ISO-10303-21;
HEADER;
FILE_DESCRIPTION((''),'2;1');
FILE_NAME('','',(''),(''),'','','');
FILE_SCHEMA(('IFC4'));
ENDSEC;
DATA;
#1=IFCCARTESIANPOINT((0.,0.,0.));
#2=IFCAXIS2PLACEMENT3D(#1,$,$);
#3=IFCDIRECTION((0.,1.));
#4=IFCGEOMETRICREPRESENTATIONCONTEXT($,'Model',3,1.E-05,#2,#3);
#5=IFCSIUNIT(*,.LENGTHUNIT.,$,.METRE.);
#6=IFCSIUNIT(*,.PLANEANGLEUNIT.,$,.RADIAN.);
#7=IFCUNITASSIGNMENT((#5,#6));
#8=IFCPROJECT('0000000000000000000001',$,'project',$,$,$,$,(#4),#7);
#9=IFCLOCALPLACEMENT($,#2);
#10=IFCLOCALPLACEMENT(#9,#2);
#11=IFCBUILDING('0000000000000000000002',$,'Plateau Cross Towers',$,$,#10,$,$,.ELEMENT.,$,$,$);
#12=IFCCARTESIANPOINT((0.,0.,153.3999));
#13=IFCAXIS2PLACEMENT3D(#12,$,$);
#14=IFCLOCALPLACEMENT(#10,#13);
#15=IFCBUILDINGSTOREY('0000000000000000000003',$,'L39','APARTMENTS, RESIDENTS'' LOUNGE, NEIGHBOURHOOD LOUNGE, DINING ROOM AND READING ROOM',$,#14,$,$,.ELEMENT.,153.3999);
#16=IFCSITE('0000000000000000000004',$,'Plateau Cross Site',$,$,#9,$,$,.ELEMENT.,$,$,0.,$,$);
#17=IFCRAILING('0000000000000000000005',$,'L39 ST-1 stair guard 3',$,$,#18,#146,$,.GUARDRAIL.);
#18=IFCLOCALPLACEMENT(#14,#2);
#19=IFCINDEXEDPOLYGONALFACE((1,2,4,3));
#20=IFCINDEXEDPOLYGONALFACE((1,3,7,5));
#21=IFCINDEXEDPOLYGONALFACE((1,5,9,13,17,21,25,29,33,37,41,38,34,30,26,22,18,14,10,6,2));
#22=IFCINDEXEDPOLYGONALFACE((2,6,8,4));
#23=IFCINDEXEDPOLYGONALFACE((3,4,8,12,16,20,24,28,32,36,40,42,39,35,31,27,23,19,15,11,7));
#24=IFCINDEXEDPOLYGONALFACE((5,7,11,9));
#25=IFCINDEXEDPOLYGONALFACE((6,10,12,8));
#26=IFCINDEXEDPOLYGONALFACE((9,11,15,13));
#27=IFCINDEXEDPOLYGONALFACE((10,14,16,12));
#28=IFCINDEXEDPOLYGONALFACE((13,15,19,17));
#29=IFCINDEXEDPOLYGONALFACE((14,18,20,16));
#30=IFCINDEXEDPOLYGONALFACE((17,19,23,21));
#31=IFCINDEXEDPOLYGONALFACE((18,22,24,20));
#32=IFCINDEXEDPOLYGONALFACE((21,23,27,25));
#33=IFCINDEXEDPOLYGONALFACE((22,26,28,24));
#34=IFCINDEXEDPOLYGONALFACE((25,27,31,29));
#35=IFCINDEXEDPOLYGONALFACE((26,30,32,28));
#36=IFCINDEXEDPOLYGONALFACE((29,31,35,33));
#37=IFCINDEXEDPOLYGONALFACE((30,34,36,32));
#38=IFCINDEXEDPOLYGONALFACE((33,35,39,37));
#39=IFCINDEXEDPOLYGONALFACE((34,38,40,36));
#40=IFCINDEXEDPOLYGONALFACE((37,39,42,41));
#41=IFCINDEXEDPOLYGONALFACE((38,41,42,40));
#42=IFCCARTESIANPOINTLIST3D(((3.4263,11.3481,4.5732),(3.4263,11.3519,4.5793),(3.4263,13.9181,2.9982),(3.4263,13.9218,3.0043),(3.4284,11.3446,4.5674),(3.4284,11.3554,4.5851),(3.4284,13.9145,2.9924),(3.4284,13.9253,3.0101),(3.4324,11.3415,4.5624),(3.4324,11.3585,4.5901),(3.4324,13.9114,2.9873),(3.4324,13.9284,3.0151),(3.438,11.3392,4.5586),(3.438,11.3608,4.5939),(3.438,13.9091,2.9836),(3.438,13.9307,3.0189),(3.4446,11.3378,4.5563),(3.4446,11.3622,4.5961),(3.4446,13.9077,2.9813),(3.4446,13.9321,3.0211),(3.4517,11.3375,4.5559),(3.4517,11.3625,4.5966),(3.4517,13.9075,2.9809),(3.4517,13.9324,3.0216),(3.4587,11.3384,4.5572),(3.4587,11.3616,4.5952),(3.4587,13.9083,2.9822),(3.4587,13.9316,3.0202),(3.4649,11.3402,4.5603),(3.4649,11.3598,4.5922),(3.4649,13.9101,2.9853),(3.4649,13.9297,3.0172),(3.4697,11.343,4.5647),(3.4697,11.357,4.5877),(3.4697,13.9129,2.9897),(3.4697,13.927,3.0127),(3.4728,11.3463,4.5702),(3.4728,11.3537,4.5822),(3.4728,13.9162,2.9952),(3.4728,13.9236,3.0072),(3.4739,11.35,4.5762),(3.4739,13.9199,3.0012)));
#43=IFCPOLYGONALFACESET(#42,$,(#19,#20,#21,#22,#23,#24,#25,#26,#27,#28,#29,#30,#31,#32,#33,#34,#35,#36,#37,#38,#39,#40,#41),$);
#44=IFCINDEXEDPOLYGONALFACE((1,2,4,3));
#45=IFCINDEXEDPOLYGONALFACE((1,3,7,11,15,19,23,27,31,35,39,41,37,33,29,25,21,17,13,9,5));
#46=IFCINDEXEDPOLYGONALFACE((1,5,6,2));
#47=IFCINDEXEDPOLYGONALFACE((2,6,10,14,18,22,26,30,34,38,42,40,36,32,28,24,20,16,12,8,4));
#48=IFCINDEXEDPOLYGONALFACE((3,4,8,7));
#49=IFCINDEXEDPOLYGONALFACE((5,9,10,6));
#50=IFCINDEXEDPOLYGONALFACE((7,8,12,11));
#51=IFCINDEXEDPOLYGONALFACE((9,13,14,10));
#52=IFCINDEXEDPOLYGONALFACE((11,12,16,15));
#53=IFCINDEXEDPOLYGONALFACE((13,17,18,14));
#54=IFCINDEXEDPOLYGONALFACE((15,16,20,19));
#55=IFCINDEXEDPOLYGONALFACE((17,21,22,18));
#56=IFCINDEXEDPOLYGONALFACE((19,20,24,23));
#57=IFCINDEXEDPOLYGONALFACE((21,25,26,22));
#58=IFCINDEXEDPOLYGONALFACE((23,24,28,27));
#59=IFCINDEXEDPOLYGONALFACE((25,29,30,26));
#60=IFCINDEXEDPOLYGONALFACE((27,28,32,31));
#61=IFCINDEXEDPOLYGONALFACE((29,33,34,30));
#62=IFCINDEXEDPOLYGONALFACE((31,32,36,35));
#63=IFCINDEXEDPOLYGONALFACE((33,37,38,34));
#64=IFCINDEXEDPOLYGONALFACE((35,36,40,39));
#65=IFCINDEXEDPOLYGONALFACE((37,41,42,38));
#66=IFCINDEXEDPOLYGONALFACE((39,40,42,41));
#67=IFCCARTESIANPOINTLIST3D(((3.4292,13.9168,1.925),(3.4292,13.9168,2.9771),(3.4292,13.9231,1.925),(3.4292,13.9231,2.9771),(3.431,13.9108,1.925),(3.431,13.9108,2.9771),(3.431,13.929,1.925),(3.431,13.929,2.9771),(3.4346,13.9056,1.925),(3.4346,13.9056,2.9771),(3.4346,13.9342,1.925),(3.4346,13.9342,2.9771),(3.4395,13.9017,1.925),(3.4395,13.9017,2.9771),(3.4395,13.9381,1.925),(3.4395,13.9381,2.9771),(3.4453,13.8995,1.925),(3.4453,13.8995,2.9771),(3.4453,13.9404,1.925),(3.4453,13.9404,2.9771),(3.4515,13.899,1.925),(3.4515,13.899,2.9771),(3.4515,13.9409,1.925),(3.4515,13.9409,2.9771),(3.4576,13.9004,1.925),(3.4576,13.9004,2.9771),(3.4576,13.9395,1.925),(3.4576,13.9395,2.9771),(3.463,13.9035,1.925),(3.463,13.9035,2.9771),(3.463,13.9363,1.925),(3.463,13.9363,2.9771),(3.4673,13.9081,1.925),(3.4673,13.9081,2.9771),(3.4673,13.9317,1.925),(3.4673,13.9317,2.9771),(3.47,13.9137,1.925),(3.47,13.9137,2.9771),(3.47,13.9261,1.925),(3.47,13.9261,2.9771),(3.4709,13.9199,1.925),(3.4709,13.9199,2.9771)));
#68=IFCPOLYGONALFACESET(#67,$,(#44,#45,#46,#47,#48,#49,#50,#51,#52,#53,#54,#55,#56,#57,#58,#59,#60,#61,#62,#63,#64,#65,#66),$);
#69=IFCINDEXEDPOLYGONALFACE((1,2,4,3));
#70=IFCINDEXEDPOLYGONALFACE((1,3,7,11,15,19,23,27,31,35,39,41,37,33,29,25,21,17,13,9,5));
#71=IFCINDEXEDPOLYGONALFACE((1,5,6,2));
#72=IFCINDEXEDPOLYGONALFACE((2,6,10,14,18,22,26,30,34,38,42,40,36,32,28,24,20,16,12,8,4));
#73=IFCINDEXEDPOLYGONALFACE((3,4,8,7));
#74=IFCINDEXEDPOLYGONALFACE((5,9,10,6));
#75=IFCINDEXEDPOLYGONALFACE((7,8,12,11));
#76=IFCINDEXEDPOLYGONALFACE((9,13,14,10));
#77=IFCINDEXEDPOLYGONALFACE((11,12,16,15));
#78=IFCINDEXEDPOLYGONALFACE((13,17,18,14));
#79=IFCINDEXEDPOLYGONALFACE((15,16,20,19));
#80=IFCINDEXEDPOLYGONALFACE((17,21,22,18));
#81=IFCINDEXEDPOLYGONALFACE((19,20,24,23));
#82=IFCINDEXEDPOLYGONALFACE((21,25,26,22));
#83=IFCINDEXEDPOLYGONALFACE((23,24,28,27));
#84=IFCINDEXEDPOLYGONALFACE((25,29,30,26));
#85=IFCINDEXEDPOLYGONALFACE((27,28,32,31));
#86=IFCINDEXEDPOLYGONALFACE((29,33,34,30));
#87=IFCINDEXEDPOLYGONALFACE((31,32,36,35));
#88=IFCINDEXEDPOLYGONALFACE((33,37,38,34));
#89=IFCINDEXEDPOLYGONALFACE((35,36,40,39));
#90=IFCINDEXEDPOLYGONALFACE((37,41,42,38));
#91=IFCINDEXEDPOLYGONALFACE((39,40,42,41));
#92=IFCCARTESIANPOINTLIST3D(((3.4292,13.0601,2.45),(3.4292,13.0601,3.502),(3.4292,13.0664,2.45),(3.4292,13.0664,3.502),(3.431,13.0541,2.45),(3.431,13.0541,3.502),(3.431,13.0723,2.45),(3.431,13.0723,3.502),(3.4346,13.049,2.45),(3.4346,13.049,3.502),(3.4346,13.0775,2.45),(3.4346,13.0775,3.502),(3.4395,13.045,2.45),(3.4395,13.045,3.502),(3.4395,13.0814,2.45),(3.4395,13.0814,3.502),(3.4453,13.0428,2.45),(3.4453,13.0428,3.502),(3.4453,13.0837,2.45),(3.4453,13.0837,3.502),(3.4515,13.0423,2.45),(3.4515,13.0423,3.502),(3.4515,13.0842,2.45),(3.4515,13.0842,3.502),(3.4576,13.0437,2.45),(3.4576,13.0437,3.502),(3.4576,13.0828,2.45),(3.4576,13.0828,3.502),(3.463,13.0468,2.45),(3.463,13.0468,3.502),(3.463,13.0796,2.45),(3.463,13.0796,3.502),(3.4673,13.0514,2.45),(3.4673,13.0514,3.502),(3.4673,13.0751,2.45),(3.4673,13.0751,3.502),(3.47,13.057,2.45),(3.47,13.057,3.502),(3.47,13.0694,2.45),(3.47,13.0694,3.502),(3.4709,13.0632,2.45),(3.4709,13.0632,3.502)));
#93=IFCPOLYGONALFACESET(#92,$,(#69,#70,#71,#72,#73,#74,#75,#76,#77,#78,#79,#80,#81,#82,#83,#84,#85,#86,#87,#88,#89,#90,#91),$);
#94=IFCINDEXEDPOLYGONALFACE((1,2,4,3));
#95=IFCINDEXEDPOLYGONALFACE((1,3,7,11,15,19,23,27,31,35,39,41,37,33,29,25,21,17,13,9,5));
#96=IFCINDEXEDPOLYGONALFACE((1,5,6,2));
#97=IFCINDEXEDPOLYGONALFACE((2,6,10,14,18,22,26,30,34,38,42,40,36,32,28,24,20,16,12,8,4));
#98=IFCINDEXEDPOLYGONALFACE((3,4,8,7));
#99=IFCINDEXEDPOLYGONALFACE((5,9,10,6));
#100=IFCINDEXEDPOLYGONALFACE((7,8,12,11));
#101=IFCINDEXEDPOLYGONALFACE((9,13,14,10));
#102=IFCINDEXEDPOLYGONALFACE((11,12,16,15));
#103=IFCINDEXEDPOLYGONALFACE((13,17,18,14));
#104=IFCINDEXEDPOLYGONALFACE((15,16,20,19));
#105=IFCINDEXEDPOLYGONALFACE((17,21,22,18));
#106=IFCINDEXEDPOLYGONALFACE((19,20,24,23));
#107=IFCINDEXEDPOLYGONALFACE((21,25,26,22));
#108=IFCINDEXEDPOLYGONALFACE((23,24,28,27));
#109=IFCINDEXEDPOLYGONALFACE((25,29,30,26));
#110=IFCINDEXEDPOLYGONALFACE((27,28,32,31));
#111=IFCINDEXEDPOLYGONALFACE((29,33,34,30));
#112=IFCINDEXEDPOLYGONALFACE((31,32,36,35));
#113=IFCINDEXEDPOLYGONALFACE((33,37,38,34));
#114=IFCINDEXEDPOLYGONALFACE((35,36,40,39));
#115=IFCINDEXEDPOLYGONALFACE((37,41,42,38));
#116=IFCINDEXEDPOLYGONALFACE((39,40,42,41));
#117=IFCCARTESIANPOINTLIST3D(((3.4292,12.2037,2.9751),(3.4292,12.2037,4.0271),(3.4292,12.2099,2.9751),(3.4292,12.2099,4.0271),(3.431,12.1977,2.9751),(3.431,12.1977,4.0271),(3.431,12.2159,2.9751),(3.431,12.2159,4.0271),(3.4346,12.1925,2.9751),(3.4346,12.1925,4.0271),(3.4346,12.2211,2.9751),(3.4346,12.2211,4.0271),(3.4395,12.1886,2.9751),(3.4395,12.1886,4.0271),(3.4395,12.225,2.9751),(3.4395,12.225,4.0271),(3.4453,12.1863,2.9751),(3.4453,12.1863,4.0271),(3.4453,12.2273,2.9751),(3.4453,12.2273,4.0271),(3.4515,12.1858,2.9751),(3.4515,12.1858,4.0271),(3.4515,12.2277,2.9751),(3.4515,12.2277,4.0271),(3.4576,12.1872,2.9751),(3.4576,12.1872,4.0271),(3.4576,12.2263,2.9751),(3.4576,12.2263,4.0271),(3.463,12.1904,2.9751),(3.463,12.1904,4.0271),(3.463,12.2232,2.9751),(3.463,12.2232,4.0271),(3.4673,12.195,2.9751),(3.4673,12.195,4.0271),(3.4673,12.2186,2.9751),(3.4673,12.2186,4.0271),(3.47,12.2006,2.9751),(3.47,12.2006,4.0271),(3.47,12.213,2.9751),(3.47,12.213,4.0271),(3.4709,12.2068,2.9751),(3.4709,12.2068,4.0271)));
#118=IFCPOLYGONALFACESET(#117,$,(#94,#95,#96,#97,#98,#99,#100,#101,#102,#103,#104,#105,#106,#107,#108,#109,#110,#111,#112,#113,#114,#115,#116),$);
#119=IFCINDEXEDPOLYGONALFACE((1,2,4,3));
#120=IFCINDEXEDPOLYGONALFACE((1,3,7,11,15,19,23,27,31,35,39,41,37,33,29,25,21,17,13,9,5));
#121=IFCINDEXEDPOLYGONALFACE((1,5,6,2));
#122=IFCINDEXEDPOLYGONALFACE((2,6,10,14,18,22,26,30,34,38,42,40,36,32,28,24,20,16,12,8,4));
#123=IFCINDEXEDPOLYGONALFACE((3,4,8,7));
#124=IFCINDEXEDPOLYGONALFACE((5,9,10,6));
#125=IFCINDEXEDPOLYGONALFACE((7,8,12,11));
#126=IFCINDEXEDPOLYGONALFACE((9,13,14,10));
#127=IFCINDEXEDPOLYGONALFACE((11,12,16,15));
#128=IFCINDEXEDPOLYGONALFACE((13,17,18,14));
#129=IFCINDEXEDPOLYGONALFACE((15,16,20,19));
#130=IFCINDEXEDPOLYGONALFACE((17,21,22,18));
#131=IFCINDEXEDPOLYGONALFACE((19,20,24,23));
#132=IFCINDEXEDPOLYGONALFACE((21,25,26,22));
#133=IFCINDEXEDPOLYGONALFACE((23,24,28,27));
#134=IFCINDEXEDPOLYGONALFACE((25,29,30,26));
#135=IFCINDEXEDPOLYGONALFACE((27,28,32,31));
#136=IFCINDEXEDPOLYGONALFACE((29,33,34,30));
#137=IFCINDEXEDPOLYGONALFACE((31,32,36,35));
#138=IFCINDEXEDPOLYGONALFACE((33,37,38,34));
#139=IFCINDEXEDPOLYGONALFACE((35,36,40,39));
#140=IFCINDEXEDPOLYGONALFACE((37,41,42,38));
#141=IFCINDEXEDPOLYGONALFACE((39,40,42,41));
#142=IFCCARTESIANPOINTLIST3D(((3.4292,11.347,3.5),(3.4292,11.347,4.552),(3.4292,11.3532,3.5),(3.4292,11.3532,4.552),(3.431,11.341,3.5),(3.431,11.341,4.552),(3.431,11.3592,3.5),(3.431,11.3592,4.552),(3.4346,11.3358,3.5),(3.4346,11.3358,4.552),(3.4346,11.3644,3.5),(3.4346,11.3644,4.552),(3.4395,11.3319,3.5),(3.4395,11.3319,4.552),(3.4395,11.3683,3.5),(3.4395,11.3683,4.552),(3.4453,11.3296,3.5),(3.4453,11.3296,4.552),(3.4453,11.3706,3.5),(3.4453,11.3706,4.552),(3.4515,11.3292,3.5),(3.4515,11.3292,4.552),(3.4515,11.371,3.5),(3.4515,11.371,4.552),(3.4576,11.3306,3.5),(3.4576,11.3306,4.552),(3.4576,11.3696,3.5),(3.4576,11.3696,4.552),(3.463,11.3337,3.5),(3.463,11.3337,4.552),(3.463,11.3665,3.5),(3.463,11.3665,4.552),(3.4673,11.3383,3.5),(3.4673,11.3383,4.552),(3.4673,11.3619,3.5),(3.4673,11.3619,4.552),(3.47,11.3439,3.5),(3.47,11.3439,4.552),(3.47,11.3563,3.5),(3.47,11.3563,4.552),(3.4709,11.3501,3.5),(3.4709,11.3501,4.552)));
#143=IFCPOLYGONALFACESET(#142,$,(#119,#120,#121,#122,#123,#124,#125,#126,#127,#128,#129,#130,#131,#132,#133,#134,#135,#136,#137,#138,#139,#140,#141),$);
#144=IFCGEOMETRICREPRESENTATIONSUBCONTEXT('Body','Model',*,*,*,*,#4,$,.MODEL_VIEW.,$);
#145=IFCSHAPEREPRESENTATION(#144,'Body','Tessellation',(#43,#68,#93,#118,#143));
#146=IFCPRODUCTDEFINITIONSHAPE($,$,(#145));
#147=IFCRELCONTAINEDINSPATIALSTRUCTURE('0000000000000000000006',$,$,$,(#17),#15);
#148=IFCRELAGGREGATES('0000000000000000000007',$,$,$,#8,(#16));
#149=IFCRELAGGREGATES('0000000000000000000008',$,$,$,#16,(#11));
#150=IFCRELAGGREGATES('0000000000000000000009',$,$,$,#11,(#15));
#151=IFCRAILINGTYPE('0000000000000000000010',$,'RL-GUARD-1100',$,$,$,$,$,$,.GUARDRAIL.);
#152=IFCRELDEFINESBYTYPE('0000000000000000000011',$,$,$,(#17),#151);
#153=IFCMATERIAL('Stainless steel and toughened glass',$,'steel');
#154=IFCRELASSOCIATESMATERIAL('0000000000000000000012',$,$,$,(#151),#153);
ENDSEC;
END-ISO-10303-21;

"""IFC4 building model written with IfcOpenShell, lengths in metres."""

from ifc_helpers import new_model, si_unit, direction, frame, origin, origin_2d, place, context, subcontext, project, spatial, circle, extrude, material, type_object, element, save


model = new_model("IFC4")

# Units and contexts
model_context = context("Model", 3, precision=1e-05, world=origin(), true_north=direction((0.0, 1.0)))
body_context = subcontext(model_context, "Body", "Model", "MODEL_VIEW")
ifc_project = project(units=[si_unit("LENGTHUNIT", "METRE"), si_unit("PLANEANGLEUNIT", "RADIAN")], contexts=[model_context])

# Site, building, storey
site_placement = place(None, origin())
site = spatial("IfcSite", under=ifc_project, at=site_placement, Name="Plateau Cross Site", CompositionType="ELEMENT", RefElevation=0.0)
building_placement = place(site_placement, origin())
building = spatial("IfcBuilding", under=site, at=building_placement, Name="Plateau Cross Towers", CompositionType="ELEMENT")
storey_placement = place(building_placement, frame((0.0, 0.0, 153.3999)))
storey = spatial("IfcBuildingStorey", under=building, at=storey_placement, Name="L39", Description="APARTMENTS, RESIDENTS' LOUNGE, NEIGHBOURHOOD LOUNGE, DINING ROOM AND READING ROOM", CompositionType="ELEMENT", Elevation=153.3999)

# Railing
ifc_material_1 = material(Name="Stainless steel and toughened glass", Category="steel")
railing_type = type_object("IfcRailingType", Name="RL-GUARD-1100", PredefinedType="GUARDRAIL", material=ifc_material_1)
railing_1_placement = place(storey_placement, frame((3.45, 13.9199, 1.925)))
element("IfcRailing", 1, at=railing_1_placement, inside=storey, type_object=railing_type, Name="L39 ST-1 stair guard 3", PredefinedType="GUARDRAIL", context=body_context, shape_type="SweptSolid", body=[
    extrude(circle(Radius=0.0239, at=origin_2d()), frame((0.0, 0.0, 1.0762), z_axis=(0.0, -0.852616, 0.522537), x_axis=(1.0, 0.0, 0.0)), (0.0, 0.0, 1.0), 3.0142),
    extrude(circle(Radius=0.021, at=origin_2d()), origin(), (0.0, 0.0, 1.0), 1.052),
    extrude(circle(Radius=0.021, at=origin_2d()), frame((0.0, -0.8567, 0.5249)), (0.0, 0.0, 1.0), 1.052),
    extrude(circle(Radius=0.021, at=origin_2d()), frame((0.0, -1.7131, 1.05)), (0.0, 0.0, 1.0), 1.052),
    extrude(circle(Radius=0.021, at=origin_2d()), frame((0.0, -2.5698, 1.575)), (0.0, 0.0, 1.0), 1.052),
])

save(model, "model.ifc")
